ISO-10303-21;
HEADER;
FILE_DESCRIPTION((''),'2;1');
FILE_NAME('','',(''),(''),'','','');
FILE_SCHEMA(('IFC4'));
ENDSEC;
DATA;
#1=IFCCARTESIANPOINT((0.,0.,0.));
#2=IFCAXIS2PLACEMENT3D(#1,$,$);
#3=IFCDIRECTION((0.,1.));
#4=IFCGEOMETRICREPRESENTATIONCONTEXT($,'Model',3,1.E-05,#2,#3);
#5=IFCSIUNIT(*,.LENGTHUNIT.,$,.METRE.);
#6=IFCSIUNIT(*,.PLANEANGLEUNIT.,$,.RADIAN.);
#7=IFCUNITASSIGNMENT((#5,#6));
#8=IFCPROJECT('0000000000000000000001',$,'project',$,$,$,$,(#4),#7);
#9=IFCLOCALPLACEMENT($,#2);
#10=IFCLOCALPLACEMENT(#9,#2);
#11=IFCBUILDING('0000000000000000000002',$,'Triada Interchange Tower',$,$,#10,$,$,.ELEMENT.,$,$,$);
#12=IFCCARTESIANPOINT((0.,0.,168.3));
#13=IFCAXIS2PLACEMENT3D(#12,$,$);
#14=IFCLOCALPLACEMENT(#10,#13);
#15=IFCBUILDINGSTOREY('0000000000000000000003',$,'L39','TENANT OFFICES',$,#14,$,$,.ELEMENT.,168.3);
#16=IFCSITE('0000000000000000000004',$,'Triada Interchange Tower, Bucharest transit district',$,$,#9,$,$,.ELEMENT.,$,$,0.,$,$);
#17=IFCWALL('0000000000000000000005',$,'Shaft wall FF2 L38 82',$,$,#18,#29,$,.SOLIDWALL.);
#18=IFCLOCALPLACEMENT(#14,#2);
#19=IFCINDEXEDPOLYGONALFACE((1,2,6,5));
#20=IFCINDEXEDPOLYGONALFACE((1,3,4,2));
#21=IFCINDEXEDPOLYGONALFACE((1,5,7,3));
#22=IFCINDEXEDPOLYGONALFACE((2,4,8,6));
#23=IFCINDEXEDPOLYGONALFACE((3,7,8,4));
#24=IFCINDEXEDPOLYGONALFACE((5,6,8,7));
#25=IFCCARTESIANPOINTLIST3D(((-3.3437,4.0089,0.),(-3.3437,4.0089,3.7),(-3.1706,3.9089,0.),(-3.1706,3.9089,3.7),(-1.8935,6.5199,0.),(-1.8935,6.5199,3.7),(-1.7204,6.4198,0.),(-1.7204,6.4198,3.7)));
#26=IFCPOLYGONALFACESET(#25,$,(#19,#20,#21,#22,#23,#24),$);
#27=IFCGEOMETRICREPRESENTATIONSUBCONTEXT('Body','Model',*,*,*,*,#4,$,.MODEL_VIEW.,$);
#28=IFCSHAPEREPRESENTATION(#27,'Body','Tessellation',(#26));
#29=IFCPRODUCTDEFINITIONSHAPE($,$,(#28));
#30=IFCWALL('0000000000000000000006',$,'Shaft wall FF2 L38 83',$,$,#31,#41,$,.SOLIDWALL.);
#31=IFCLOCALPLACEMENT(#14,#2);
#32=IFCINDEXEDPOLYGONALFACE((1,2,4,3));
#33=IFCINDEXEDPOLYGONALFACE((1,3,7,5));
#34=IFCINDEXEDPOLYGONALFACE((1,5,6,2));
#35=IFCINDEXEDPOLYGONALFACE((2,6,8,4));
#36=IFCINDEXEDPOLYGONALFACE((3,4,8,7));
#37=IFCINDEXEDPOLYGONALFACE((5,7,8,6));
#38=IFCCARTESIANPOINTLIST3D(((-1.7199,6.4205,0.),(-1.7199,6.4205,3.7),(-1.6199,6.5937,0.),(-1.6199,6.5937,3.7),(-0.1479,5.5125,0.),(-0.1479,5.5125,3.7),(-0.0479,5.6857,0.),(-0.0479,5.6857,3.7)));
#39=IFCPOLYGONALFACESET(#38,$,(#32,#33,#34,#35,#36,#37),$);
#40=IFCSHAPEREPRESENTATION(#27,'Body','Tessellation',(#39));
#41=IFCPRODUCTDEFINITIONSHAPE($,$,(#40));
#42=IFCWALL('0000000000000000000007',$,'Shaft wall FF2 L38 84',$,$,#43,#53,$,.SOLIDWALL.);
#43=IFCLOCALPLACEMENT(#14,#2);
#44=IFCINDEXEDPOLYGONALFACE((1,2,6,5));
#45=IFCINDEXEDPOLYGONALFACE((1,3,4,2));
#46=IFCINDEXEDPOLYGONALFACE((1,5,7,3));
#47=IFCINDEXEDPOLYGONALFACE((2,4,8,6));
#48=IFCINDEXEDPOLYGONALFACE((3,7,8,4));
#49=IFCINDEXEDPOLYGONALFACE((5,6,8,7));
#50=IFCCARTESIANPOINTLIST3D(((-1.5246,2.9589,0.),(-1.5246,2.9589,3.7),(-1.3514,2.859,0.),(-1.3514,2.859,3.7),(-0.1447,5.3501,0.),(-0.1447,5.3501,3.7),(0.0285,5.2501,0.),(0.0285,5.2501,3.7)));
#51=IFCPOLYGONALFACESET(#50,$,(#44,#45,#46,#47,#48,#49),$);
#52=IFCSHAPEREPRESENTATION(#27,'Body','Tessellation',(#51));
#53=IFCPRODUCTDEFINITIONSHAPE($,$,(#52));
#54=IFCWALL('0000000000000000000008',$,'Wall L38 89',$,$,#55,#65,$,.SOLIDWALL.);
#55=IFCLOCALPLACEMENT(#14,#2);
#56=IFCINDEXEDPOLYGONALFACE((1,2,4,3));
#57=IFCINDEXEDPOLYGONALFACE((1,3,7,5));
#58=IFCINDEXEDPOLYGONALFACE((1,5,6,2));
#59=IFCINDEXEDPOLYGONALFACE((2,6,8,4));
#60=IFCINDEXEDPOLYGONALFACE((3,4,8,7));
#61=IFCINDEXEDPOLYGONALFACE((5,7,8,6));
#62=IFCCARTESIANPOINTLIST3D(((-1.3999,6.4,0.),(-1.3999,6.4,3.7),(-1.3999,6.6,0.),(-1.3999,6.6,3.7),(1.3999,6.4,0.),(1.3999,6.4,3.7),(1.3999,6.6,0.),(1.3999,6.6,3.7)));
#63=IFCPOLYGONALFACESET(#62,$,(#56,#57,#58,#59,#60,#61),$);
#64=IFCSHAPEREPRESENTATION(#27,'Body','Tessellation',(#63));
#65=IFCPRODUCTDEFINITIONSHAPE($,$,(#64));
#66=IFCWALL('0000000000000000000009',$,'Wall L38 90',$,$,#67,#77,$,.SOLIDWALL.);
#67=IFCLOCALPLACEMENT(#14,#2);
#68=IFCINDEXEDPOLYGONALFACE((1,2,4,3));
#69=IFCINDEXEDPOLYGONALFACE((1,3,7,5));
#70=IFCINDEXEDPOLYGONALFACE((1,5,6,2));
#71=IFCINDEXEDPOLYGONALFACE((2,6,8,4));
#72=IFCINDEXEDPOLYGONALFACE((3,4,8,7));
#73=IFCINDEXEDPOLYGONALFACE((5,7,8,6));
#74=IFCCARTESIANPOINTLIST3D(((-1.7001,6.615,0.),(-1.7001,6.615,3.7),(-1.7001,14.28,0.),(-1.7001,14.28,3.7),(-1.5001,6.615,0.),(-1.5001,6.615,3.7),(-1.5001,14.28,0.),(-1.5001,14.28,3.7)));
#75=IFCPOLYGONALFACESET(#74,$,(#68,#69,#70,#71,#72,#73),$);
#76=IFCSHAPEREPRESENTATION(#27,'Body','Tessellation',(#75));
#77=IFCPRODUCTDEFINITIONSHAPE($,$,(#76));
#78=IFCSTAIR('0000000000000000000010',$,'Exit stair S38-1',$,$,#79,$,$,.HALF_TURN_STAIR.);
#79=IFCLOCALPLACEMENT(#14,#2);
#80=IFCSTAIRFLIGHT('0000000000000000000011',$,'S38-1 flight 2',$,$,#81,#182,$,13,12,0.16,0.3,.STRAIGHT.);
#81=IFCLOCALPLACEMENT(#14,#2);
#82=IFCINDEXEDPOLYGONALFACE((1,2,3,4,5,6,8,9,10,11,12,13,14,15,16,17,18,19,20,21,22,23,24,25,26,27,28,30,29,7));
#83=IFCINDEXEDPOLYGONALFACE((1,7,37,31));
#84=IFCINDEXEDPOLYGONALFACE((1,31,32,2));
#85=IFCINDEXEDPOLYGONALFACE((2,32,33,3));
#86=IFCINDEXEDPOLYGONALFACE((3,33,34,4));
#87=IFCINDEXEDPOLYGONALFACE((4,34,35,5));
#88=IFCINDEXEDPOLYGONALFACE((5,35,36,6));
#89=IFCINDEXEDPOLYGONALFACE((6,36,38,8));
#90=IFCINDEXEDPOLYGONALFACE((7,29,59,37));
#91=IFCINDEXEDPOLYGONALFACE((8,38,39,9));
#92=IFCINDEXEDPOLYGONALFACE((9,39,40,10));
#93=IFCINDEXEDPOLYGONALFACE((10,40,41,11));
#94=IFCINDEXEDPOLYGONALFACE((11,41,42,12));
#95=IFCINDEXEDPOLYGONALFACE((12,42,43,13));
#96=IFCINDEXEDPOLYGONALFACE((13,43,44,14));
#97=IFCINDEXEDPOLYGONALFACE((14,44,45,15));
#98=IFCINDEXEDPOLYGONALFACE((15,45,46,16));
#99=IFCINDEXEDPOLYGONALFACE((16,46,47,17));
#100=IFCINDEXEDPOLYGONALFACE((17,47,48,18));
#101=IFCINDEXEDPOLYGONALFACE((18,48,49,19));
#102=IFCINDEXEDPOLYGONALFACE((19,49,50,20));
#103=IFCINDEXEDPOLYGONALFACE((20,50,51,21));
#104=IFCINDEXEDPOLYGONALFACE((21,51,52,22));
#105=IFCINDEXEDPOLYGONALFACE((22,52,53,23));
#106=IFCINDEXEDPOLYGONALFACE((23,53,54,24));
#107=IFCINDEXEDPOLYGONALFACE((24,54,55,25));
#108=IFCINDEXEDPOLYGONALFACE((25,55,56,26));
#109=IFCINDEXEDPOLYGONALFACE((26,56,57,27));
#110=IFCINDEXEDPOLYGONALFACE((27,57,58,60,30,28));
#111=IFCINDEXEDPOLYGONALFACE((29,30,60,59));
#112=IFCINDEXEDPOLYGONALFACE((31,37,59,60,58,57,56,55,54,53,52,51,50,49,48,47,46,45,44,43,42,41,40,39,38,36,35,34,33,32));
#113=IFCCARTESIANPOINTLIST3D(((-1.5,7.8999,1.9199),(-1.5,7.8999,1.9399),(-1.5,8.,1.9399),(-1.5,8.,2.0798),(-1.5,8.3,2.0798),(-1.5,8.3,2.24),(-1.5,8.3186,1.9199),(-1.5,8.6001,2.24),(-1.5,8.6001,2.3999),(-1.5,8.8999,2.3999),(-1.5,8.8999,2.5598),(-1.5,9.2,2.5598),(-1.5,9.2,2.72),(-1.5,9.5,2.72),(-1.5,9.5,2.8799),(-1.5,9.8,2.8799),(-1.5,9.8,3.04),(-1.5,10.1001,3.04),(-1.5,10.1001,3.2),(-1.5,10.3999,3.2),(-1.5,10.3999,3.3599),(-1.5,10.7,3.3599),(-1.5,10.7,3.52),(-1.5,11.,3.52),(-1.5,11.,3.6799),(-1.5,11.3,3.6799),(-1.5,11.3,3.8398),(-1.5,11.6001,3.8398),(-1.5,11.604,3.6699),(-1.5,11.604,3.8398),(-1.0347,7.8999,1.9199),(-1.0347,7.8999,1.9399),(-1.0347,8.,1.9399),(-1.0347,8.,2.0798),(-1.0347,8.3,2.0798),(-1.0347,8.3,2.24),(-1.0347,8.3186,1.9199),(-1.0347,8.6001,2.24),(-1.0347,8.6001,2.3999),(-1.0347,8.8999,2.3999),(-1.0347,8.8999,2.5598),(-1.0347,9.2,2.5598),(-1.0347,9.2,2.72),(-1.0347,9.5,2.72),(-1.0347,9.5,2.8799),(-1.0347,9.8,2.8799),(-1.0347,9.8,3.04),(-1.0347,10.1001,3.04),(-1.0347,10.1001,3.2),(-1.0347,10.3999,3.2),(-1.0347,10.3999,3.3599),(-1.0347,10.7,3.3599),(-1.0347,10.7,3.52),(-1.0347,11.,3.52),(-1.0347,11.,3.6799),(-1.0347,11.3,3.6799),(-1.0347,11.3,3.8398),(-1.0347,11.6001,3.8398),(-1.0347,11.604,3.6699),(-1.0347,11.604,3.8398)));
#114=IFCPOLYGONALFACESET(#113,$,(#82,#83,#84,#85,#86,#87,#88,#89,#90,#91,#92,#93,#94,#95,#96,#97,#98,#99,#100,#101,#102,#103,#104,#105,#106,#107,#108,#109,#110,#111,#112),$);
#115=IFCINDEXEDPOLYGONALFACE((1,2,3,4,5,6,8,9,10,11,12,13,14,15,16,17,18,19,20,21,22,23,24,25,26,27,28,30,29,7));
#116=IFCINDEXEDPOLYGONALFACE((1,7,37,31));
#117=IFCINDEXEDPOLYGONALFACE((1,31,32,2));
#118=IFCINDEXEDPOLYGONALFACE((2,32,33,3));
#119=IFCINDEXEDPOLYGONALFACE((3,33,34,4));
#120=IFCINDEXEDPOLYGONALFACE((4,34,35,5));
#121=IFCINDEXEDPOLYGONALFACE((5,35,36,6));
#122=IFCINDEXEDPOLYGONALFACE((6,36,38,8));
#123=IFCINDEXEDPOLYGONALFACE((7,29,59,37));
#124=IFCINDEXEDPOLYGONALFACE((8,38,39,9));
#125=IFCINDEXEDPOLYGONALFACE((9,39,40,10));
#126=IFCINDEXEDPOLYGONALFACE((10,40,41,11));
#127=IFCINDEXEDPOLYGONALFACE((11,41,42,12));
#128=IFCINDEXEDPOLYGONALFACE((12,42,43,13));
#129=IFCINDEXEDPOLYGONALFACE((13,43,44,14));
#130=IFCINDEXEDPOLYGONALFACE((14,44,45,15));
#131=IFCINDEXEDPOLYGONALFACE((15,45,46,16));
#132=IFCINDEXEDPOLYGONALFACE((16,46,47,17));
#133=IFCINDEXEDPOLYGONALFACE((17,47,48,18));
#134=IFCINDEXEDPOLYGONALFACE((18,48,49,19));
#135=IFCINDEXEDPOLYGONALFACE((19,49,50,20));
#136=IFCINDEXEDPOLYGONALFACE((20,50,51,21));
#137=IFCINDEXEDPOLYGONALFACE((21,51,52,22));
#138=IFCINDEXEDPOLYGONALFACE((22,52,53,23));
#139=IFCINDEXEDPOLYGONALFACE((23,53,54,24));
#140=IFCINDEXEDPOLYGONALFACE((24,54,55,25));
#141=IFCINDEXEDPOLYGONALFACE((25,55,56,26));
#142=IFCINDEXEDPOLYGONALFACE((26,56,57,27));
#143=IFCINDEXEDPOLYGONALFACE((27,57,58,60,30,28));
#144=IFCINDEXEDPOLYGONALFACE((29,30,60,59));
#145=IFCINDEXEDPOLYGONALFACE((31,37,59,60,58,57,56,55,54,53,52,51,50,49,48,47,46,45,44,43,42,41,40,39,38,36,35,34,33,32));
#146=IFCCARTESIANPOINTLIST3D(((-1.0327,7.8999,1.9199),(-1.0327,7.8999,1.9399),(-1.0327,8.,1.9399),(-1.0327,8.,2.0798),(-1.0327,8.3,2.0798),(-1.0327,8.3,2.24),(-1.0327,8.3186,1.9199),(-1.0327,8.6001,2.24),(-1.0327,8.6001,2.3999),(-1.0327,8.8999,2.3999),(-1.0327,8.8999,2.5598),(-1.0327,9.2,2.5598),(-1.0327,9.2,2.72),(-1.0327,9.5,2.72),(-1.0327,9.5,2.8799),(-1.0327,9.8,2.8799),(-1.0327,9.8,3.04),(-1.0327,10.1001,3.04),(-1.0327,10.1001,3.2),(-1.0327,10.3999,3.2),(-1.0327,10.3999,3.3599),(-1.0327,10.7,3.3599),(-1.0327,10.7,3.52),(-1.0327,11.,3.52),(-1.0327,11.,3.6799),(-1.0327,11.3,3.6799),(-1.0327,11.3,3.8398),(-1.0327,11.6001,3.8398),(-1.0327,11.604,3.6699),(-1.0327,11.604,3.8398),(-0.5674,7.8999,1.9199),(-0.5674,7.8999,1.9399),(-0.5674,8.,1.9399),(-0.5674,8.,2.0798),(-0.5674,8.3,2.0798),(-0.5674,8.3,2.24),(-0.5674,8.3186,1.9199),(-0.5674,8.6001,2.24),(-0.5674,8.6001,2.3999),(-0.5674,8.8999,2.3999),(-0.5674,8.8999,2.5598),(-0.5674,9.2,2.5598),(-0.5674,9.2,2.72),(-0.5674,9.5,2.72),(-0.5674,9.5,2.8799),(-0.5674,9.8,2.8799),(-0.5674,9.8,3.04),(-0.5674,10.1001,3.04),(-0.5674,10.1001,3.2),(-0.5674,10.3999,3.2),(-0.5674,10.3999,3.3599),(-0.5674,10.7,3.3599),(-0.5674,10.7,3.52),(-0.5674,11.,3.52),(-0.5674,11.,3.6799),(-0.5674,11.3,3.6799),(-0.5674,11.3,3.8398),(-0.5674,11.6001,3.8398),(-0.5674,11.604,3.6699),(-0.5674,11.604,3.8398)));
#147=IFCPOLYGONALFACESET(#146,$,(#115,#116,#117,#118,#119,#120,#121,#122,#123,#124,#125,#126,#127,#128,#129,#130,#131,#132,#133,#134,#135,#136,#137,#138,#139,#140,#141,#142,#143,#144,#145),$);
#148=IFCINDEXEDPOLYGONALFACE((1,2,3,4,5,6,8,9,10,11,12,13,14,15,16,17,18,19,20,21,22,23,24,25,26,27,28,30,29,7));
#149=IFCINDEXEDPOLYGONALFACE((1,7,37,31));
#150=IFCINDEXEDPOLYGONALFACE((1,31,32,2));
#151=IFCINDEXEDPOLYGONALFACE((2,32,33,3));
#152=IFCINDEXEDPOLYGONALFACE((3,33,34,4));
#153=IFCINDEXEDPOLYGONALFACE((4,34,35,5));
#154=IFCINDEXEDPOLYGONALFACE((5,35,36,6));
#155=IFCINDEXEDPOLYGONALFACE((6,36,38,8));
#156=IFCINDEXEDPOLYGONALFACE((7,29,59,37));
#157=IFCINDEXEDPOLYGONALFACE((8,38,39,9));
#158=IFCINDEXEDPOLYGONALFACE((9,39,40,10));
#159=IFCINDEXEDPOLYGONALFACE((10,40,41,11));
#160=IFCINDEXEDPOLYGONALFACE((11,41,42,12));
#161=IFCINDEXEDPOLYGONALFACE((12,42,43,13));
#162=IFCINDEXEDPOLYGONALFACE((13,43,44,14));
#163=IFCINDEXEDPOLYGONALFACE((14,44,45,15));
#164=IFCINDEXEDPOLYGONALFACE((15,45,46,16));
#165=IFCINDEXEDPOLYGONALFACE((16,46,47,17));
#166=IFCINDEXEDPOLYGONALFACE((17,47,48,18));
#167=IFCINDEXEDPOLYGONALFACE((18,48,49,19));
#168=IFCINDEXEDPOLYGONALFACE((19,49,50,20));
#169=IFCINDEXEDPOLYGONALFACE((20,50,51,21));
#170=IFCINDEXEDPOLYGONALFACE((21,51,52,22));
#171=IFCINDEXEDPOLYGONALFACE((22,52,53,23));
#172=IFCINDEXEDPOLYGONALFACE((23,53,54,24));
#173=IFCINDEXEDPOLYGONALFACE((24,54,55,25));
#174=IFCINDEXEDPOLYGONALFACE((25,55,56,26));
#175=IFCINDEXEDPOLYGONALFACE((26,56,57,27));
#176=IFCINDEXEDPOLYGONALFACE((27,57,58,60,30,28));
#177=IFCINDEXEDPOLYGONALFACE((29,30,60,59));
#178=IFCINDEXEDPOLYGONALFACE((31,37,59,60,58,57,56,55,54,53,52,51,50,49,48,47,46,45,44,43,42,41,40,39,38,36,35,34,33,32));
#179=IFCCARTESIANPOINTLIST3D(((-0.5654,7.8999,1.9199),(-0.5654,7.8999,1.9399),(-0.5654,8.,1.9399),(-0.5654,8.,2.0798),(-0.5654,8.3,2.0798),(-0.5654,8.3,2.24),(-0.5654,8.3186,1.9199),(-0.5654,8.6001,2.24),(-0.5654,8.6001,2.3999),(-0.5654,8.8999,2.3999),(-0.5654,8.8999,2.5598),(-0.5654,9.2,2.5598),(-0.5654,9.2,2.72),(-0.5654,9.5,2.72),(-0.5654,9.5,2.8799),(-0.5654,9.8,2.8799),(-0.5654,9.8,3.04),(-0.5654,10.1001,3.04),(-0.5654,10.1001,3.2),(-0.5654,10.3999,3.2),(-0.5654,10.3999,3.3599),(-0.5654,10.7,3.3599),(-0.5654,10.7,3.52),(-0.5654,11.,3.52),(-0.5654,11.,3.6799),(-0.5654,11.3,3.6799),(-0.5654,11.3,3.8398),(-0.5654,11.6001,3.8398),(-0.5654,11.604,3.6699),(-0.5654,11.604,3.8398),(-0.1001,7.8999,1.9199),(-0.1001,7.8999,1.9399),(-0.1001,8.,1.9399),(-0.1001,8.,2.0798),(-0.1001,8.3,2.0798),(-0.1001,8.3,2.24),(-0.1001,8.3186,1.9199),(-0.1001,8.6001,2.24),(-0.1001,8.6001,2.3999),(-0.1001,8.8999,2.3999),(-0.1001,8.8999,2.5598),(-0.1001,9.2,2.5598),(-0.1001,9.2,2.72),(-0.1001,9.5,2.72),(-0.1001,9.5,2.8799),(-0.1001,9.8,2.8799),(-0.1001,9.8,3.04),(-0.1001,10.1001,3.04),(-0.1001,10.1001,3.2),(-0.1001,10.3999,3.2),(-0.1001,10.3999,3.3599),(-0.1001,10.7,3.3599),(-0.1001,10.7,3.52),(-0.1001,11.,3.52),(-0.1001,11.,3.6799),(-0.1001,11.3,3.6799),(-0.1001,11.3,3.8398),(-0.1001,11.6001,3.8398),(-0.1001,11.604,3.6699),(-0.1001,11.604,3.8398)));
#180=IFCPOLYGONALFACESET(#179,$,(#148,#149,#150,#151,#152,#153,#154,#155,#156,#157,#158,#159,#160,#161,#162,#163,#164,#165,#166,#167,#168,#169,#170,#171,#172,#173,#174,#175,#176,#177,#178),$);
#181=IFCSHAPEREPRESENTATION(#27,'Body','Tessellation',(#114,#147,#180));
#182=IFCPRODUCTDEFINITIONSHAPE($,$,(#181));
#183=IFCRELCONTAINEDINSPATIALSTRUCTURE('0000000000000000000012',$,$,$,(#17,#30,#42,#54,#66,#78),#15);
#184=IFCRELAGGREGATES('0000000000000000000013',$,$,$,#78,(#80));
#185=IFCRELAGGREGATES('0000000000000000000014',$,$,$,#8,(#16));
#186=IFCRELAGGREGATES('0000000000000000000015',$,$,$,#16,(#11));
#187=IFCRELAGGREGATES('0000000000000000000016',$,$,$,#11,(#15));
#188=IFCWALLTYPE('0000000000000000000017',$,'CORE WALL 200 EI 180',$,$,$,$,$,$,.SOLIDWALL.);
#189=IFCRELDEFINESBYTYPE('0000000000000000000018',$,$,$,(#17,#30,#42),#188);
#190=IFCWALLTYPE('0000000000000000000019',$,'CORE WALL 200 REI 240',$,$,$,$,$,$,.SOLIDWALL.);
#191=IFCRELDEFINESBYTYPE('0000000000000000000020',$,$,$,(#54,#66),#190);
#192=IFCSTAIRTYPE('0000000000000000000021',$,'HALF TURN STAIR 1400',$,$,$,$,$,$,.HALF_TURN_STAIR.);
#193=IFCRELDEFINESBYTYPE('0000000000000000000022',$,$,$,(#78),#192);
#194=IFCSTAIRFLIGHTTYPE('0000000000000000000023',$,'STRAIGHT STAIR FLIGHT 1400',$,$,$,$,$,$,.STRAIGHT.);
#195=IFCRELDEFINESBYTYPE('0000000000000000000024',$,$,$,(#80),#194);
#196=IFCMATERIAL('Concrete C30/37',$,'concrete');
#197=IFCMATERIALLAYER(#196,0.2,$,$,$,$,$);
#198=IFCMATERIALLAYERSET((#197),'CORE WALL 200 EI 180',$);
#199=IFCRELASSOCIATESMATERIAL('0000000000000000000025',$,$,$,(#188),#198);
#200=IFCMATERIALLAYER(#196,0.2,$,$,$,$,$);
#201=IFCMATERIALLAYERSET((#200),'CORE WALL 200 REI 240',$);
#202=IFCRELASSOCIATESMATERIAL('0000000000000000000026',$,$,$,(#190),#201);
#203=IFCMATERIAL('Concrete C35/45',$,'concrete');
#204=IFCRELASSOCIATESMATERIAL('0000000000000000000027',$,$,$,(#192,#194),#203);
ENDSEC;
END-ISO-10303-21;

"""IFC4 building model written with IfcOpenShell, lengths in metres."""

from ifc_helpers import new_model, si_unit, direction, frame, frame_2d, origin, place, context, subcontext, project, spatial, polyline, rectangle, outline, extrude, material, layer, layer_set, type_object, element, aggregate, save


model = new_model("IFC4")

# Units and contexts
model_context = context("Model", 3, precision=1e-05, world=origin(), true_north=direction((0.0, 1.0)))
body_context = subcontext(model_context, "Body", "Model", "MODEL_VIEW")
ifc_project = project(units=[si_unit("LENGTHUNIT", "METRE"), si_unit("PLANEANGLEUNIT", "RADIAN")], contexts=[model_context])

# Site, building, storey
site_placement = place(None, origin())
site = spatial("IfcSite", under=ifc_project, at=site_placement, Name="Triada Interchange Tower, Bucharest transit district", CompositionType="ELEMENT", RefElevation=0.0)
building_placement = place(site_placement, origin())
building = spatial("IfcBuilding", under=site, at=building_placement, Name="Triada Interchange Tower", CompositionType="ELEMENT")
storey_placement = place(building_placement, frame((0.0, 0.0, 168.3)))
storey = spatial("IfcBuildingStorey", under=building, at=storey_placement, Name="L39", Description="TENANT OFFICES", CompositionType="ELEMENT", Elevation=168.3)

# Shared definitions
ifc_material_1 = material(Name="Concrete C30/37", Category="concrete")
ifc_layer_1 = layer(ifc_material_1, 0.2)
ifc_layer_set_1 = layer_set([ifc_layer_1], Name="CORE WALL 200 EI 180")
wall_type_1 = type_object("IfcWallType", Name="CORE WALL 200 EI 180", PredefinedType="SOLIDWALL", material=ifc_layer_set_1)

# Walls
wall_1_placement = place(storey_placement, frame((-3.2571, 3.959, 0.0), z_axis=(0.0, 0.0, 1.0), x_axis=(0.500123, 0.865954, 0.0)))
element("IfcWall", 1, at=wall_1_placement, inside=storey, type_object=wall_type_1, Name="Shaft wall FF2 L38 82", PredefinedType="SOLIDWALL", context=body_context, shape_type="SweptSolid", body=[
    extrude(rectangle(XDim=2.8997, YDim=0.2, at=frame_2d((1.4497, 0.0))), origin(), (0.0, 0.0, 1.0), 3.7),
])
wall_2_placement = place(storey_placement, frame((-1.6699, 6.5071, 0.0), z_axis=(0.0, 0.0, 1.0), x_axis=(0.865941, -0.500145, 0.0)))
element("IfcWall", 2, at=wall_2_placement, inside=storey, type_object=wall_type_1, Name="Shaft wall FF2 L38 83", PredefinedType="SOLIDWALL", context=body_context, shape_type="SweptSolid", body=[
    extrude(rectangle(XDim=1.8154, YDim=0.2, at=frame_2d((0.9077, 0.0))), origin(), (0.0, 0.0, 1.0), 3.7),
])
wall_3_placement = place(storey_placement, frame((-1.438, 2.9089, 0.0), z_axis=(0.0, 0.0, 1.0), x_axis=(0.49983, 0.866124, 0.0)))
element("IfcWall", 3, at=wall_3_placement, inside=storey, type_object=wall_type_1, Name="Shaft wall FF2 L38 84", PredefinedType="SOLIDWALL", context=body_context, shape_type="SweptSolid", body=[
    extrude(rectangle(XDim=2.7607, YDim=0.2, at=frame_2d((1.3804, 0.0))), origin(), (0.0, 0.0, 1.0), 3.7),
])
ifc_layer_2 = layer(ifc_material_1, 0.2)
ifc_layer_set_2 = layer_set([ifc_layer_2], Name="CORE WALL 200 REI 240")
wall_type_2 = type_object("IfcWallType", Name="CORE WALL 200 REI 240", PredefinedType="SOLIDWALL", material=ifc_layer_set_2)
wall_4_placement = place(storey_placement, frame((-1.3999, 6.5, 0.0), z_axis=(0.0, 0.0, 1.0), x_axis=(1.0, 0.0, 0.0)))
element("IfcWall", 4, at=wall_4_placement, inside=storey, type_object=wall_type_2, Name="Wall L38 89", PredefinedType="SOLIDWALL", context=body_context, shape_type="SweptSolid", body=[
    extrude(rectangle(XDim=2.7998, YDim=0.2, at=frame_2d((1.3999, 0.0))), origin(), (0.0, 0.0, 1.0), 3.7),
])
wall_5_placement = place(storey_placement, frame((-1.6001, 6.615, 0.0), z_axis=(0.0, 0.0, 1.0), x_axis=(0.0, 1.0, 0.0)))
element("IfcWall", 5, at=wall_5_placement, inside=storey, type_object=wall_type_2, Name="Wall L38 90", PredefinedType="SOLIDWALL", context=body_context, shape_type="SweptSolid", body=[
    extrude(rectangle(XDim=7.665, YDim=0.2, at=frame_2d((3.8325, 0.0))), origin(), (0.0, 0.0, 1.0), 3.7),
])

# Stair, stair flight
ifc_material_2 = material(Name="Concrete C35/45", Category="concrete")
stair_type = type_object("IfcStairType", Name="HALF TURN STAIR 1400", PredefinedType="HALF_TURN_STAIR", material=ifc_material_2)
stair_placement = place(storey_placement, origin())
stair = element("IfcStair", 6, at=stair_placement, inside=storey, type_object=stair_type, Name="Exit stair S38-1", PredefinedType="HALF_TURN_STAIR")
stair_flight_type = type_object("IfcStairFlightType", Name="STRAIGHT STAIR FLIGHT 1400", PredefinedType="STRAIGHT", material=ifc_material_2)
stair_flight_placement = place(storey_placement, frame((-0.8, 8.0, 1.9199), z_axis=(0.0, 0.0, 1.0), x_axis=(0.0, 1.0, 0.0)))
stair_flight = element("IfcStairFlight", 7, at=stair_flight_placement, type_object=stair_flight_type, Name="S38-1 flight 2", NumberOfRisers=13, NumberOfTreads=12, PredefinedType="STRAIGHT", RiserHeight=0.16, TreadLength=0.3, context=body_context, shape_type="SweptSolid", body=[
    extrude(outline(polyline([(-0.1001, 0.0), (-0.1001, 0.02), (0.0, 0.02), (0.0, 0.1599), (0.3, 0.1599), (0.3, 0.3201), (0.6001, 0.3201), (0.6001, 0.48), (0.8999, 0.48), (0.8999, 0.6399), (1.2, 0.6399), (1.2, 0.8), (1.5, 0.8), (1.5, 0.96), (1.8, 0.96), (1.8, 1.1201), (2.1001, 1.1201), (2.1001, 1.28), (2.3999, 1.28), (2.3999, 1.4399), (2.7, 1.4399), (2.7, 1.6001), (3.0, 1.6001), (3.0, 1.76), (3.3, 1.76), (3.3, 1.9199), (3.6001, 1.9199), (3.604, 1.9199), (3.604, 2.0801), (3.604, 1.75), (0.3186, 0.0), (-0.1001, 0.0)])), frame((0.0, 0.7, 0.0), z_axis=(0.0, -1.0, 0.0), x_axis=(1.0, 0.0, 0.0)), (0.0, 0.0, 1.0), 0.4653),
    extrude(outline(polyline([(-0.1001, 0.0), (-0.1001, 0.02), (0.0, 0.02), (0.0, 0.1599), (0.3, 0.1599), (0.3, 0.3201), (0.6001, 0.3201), (0.6001, 0.48), (0.8999, 0.48), (0.8999, 0.6399), (1.2, 0.6399), (1.2, 0.8), (1.5, 0.8), (1.5, 0.96), (1.8, 0.96), (1.8, 1.1201), (2.1001, 1.1201), (2.1001, 1.28), (2.3999, 1.28), (2.3999, 1.4399), (2.7, 1.4399), (2.7, 1.6001), (3.0, 1.6001), (3.0, 1.76), (3.3, 1.76), (3.3, 1.9199), (3.6001, 1.9199), (3.604, 1.9199), (3.604, 2.0801), (3.604, 1.75), (0.3186, 0.0), (-0.1001, 0.0)])), frame((0.0, 0.2327, 0.0), z_axis=(0.0, -1.0, 0.0), x_axis=(1.0, 0.0, 0.0)), (0.0, 0.0, 1.0), 0.4653),
    extrude(outline(polyline([(-0.1001, 0.0), (-0.1001, 0.02), (0.0, 0.02), (0.0, 0.1599), (0.3, 0.1599), (0.3, 0.3201), (0.6001, 0.3201), (0.6001, 0.48), (0.8999, 0.48), (0.8999, 0.6399), (1.2, 0.6399), (1.2, 0.8), (1.5, 0.8), (1.5, 0.96), (1.8, 0.96), (1.8, 1.1201), (2.1001, 1.1201), (2.1001, 1.28), (2.3999, 1.28), (2.3999, 1.4399), (2.7, 1.4399), (2.7, 1.6001), (3.0, 1.6001), (3.0, 1.76), (3.3, 1.76), (3.3, 1.9199), (3.6001, 1.9199), (3.604, 1.9199), (3.604, 2.0801), (3.604, 1.75), (0.3186, 0.0), (-0.1001, 0.0)])), frame((0.0, -0.2346, 0.0), z_axis=(0.0, -1.0, 0.0), x_axis=(1.0, 0.0, 0.0)), (0.0, 0.0, 1.0), 0.4653),
])
aggregate(stair, [stair_flight])

save(model, "model.ifc")
